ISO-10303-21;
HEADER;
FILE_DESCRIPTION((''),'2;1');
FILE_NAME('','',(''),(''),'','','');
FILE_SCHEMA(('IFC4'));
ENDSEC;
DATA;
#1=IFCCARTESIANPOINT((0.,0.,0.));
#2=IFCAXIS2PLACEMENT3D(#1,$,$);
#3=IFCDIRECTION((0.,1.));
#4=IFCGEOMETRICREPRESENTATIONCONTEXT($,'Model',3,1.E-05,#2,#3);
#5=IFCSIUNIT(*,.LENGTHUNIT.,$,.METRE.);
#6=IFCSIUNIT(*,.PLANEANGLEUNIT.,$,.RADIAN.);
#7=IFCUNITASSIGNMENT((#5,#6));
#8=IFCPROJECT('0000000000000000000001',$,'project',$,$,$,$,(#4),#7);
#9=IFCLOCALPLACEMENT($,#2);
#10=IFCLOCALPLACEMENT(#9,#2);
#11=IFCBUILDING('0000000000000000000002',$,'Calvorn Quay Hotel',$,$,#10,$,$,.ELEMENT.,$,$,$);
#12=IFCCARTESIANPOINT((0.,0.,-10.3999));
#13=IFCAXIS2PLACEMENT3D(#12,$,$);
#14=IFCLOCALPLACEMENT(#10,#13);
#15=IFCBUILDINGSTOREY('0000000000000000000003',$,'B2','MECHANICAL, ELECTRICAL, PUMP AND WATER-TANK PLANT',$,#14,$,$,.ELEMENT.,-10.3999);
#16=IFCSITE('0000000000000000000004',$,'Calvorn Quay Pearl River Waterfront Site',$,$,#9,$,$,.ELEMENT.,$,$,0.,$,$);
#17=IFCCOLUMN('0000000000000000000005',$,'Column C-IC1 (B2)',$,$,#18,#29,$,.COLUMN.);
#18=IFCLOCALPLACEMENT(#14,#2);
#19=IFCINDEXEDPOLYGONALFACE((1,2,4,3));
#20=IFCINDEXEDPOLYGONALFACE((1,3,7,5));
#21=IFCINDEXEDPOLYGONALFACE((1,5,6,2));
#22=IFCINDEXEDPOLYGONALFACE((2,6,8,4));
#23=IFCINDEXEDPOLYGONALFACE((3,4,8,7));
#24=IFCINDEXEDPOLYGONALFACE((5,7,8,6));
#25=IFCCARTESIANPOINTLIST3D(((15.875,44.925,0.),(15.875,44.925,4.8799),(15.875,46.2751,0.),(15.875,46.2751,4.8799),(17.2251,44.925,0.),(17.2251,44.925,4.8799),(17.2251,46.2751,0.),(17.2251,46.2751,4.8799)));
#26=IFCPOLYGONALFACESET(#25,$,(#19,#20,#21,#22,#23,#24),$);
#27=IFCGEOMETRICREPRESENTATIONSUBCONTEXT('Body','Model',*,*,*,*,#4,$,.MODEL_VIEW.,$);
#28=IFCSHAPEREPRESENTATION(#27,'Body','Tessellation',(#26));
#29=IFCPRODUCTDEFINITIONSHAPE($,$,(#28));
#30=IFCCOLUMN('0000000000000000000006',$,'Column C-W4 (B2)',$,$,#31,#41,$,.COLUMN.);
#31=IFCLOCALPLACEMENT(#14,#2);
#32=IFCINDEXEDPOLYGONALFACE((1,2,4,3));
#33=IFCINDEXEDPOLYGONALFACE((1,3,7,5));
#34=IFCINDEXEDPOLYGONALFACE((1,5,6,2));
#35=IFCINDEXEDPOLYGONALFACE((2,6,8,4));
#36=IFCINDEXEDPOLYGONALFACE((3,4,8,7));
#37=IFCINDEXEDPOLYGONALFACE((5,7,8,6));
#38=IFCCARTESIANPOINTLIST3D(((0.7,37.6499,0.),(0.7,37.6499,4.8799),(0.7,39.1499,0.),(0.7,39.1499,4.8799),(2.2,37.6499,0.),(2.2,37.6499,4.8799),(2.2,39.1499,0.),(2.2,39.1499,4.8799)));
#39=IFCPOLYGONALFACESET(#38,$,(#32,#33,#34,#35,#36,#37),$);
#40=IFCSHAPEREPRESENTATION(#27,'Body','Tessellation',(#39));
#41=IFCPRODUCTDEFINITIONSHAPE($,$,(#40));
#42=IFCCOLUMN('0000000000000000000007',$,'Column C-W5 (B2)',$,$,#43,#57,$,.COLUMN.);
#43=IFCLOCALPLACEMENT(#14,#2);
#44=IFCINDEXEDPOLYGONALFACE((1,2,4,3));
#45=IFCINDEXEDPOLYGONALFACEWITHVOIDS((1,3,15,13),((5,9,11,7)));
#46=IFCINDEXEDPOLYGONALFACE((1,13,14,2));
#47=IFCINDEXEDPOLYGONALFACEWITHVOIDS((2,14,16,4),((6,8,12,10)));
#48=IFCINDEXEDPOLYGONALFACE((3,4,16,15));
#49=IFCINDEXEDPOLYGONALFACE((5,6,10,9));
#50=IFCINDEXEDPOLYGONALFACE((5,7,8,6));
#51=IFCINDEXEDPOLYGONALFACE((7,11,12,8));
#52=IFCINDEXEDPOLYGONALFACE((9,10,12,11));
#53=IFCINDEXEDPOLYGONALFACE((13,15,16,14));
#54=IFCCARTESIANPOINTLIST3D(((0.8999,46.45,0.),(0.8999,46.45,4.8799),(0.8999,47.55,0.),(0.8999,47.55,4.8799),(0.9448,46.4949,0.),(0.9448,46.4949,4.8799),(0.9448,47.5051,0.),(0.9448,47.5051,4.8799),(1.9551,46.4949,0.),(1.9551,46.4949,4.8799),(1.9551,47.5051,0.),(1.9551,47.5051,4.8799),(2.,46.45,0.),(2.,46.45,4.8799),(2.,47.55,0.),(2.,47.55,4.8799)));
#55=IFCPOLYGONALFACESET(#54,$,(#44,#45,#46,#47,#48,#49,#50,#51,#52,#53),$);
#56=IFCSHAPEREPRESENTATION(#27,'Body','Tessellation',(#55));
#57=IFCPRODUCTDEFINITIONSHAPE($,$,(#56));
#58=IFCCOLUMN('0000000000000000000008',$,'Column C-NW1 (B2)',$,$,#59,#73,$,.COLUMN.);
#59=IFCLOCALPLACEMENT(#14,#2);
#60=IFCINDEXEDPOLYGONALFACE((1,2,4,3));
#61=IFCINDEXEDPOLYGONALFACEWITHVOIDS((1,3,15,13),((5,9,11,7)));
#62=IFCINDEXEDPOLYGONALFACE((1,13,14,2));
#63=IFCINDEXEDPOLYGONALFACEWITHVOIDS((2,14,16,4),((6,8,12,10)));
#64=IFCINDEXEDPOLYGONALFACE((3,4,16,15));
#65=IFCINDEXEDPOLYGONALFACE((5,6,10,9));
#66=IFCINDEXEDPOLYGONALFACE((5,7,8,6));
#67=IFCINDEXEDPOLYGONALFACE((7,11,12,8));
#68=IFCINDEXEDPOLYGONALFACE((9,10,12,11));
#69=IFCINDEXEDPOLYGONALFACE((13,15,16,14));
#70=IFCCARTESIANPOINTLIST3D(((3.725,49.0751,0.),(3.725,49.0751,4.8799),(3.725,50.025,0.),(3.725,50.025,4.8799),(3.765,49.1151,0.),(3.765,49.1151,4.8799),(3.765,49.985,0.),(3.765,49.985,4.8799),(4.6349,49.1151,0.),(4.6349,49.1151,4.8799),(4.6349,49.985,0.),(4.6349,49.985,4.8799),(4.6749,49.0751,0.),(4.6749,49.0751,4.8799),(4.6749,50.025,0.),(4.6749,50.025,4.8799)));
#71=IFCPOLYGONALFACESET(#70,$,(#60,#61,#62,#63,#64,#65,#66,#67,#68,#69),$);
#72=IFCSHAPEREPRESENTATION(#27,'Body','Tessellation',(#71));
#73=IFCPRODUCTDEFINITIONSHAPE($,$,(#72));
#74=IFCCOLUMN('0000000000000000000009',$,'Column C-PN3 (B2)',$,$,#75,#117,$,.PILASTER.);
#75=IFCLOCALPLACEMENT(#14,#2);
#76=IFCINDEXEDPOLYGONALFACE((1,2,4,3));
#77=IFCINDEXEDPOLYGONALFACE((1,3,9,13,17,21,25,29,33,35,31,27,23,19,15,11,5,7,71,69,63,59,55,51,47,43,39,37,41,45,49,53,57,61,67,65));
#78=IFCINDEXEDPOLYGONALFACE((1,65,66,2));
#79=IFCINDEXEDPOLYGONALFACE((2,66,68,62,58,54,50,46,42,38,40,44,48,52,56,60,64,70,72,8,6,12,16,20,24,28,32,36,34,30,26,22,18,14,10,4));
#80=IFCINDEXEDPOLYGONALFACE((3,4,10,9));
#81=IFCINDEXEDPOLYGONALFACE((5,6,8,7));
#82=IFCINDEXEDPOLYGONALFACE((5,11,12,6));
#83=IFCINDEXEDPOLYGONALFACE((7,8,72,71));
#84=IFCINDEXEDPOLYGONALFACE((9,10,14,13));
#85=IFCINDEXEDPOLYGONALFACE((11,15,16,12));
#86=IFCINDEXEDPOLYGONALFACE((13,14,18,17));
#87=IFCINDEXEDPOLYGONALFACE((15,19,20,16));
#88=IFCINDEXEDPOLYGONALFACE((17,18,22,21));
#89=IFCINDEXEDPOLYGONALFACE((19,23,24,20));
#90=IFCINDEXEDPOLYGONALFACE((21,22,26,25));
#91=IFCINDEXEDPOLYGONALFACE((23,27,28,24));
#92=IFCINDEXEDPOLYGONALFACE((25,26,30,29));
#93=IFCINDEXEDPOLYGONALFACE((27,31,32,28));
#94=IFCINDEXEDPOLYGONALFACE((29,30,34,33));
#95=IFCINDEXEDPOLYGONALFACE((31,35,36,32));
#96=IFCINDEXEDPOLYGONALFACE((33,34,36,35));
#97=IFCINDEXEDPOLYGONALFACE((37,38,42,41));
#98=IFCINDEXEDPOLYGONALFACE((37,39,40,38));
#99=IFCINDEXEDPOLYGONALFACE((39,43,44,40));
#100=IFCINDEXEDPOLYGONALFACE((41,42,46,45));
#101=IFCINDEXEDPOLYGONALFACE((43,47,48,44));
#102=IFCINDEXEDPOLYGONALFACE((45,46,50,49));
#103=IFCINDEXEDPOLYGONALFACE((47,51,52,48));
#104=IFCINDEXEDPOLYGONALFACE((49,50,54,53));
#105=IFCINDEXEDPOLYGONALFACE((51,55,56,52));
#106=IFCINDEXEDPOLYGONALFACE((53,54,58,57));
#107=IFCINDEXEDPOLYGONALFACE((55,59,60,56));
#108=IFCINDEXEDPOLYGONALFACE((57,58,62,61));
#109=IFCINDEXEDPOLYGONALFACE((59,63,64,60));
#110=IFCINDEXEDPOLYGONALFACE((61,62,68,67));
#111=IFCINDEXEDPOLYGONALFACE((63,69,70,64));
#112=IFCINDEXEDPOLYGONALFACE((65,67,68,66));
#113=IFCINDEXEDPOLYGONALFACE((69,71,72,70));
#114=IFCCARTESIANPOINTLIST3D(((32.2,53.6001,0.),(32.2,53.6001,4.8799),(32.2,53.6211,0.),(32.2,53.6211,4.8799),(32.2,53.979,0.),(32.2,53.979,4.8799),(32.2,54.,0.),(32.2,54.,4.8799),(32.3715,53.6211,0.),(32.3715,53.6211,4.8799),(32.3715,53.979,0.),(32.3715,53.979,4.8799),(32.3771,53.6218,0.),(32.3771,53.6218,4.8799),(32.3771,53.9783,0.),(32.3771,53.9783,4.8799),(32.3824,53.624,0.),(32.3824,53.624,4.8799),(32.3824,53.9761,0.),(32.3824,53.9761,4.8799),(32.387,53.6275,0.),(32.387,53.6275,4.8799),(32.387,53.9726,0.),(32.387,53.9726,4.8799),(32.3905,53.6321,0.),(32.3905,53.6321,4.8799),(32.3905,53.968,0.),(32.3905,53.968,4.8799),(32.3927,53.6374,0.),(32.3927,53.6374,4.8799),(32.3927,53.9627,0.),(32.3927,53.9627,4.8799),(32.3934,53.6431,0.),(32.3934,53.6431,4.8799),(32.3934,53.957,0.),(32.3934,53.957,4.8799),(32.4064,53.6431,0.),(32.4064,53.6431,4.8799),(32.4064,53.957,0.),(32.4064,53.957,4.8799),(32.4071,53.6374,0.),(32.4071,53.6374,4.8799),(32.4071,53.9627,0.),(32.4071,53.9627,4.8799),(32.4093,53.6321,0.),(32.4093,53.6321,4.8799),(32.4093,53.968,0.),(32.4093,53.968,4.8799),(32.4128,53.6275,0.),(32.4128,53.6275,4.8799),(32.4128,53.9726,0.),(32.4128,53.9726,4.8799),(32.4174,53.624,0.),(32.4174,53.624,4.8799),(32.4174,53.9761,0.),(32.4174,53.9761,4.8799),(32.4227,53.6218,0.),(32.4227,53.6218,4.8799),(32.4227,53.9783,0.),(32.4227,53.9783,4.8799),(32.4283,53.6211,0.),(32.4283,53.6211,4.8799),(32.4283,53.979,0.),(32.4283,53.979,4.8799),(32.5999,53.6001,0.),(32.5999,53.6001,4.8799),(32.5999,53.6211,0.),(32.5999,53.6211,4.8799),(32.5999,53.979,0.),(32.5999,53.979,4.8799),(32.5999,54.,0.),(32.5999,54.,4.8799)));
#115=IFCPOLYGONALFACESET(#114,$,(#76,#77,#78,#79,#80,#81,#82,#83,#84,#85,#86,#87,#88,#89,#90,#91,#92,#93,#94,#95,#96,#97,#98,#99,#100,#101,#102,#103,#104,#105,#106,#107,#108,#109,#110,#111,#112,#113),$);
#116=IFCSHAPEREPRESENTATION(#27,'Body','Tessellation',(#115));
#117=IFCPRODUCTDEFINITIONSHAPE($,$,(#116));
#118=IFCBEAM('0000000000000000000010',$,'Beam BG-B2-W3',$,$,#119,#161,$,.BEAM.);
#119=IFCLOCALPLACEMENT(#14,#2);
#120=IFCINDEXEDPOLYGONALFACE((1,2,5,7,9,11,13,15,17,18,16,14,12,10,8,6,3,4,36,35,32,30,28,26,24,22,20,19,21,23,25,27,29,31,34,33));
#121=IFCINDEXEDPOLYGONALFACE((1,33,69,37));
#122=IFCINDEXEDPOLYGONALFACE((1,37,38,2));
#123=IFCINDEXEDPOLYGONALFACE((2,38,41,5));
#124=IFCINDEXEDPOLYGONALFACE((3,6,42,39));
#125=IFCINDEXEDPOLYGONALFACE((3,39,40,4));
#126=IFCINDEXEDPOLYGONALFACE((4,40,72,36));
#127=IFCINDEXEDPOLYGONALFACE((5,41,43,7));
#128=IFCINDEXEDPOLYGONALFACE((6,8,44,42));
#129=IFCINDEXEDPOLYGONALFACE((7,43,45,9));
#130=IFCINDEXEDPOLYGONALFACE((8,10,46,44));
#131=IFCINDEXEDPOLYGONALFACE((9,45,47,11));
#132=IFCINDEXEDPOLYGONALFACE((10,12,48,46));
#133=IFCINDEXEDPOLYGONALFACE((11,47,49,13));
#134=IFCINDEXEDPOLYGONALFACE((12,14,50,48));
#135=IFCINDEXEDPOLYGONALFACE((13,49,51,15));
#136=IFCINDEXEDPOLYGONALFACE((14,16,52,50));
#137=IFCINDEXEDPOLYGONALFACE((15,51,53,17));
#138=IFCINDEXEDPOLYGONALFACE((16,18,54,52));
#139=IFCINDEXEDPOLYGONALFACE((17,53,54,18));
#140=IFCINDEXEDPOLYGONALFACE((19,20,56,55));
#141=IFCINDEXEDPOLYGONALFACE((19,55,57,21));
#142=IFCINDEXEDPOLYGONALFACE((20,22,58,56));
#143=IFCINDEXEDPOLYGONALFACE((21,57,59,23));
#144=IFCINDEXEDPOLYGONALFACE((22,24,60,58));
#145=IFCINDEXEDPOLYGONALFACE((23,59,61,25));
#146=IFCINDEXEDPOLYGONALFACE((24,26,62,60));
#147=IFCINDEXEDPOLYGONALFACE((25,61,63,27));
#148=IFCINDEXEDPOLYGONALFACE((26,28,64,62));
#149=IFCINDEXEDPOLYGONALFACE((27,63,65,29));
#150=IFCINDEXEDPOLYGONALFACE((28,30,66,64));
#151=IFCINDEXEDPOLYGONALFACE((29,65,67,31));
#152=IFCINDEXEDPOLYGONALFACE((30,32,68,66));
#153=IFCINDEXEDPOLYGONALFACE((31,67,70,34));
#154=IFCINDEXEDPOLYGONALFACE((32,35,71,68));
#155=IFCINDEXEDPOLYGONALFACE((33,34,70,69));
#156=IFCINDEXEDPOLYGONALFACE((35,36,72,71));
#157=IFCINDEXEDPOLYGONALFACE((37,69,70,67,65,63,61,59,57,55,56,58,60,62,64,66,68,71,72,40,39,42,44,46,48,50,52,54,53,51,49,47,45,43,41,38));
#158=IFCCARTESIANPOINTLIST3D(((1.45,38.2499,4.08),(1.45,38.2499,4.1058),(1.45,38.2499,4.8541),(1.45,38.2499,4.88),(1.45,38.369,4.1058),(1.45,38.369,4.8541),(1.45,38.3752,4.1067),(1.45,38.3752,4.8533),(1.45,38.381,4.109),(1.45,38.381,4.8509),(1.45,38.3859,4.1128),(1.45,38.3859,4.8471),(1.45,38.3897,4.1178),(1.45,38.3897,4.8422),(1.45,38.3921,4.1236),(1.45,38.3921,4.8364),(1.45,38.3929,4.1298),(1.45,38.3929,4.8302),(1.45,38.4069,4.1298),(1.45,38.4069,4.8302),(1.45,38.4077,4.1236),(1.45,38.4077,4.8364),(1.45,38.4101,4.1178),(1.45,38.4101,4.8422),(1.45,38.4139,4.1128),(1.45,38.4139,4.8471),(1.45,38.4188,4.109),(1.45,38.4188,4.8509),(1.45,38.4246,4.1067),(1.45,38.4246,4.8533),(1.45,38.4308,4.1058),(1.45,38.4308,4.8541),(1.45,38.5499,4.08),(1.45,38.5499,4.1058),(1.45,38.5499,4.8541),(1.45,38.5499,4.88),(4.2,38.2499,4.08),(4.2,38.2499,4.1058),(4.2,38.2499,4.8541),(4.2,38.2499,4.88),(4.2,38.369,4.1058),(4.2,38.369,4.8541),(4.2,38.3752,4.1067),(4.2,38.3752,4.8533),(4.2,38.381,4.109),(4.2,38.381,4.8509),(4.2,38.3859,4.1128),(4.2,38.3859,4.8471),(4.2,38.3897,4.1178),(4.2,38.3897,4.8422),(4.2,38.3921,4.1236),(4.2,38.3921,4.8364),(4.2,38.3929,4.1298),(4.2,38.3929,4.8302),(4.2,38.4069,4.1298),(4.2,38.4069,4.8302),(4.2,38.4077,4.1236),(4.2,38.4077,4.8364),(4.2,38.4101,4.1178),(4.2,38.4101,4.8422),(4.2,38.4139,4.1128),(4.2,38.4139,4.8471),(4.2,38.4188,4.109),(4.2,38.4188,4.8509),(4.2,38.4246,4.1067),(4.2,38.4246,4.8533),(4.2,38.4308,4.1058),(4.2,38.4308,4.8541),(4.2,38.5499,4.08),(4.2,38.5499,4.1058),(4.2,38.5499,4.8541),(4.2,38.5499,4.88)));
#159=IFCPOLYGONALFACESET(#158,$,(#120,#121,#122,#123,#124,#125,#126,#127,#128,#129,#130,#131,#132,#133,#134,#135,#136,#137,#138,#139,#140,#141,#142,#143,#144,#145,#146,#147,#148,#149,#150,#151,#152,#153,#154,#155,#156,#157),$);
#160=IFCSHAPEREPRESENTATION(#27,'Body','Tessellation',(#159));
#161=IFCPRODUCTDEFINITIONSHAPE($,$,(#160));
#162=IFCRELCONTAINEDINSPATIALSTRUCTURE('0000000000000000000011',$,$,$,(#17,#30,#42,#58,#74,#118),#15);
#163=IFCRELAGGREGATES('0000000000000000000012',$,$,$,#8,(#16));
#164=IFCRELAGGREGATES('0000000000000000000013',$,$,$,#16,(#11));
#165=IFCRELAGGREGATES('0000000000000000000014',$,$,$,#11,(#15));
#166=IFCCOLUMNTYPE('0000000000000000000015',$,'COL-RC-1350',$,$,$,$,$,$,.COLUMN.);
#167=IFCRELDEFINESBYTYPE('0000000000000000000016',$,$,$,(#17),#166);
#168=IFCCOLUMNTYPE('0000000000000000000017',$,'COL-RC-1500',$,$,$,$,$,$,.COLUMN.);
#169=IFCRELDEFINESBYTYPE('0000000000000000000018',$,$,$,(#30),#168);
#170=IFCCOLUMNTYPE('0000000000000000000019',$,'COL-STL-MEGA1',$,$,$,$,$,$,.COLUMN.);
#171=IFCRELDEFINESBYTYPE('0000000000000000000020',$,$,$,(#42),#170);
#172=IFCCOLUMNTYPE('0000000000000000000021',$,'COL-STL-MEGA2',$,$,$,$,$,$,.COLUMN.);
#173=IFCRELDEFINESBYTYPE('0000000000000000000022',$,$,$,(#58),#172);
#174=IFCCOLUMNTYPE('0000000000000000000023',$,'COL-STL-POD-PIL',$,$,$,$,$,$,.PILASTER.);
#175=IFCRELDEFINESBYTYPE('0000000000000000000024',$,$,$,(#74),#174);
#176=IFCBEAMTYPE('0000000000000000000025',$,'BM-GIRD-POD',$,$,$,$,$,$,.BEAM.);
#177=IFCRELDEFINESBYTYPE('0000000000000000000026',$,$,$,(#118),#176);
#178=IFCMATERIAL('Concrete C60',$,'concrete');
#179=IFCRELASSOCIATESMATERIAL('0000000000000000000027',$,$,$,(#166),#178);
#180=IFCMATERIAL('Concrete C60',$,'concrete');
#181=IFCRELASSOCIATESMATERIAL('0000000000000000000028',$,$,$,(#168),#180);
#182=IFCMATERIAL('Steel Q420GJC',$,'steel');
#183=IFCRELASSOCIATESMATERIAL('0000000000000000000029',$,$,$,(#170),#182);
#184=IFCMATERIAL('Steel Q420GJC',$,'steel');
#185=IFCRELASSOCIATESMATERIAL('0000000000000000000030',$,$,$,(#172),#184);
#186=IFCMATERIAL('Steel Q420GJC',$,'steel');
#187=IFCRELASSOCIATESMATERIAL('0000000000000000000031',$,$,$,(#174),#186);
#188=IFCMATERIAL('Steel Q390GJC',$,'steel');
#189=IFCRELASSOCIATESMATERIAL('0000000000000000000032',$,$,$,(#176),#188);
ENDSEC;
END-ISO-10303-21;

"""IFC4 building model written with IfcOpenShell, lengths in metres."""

from ifc_helpers import new_model, si_unit, direction, frame, origin, origin_2d, place, context, subcontext, project, spatial, rectangle, hollow_rectangle, i_section, extrude, material, material_profile, profile_set, type_object, element, save


model = new_model("IFC4")

# Units and contexts
model_context = context("Model", 3, precision=1e-05, world=origin(), true_north=direction((0.0, 1.0)))
body_context = subcontext(model_context, "Body", "Model", "MODEL_VIEW")
ifc_project = project(units=[si_unit("LENGTHUNIT", "METRE"), si_unit("PLANEANGLEUNIT", "RADIAN")], contexts=[model_context])

# Site, building, storey
site_placement = place(None, origin())
site = spatial("IfcSite", under=ifc_project, at=site_placement, Name="Calvorn Quay Pearl River Waterfront Site", CompositionType="ELEMENT", RefElevation=0.0)
building_placement = place(site_placement, origin())
building = spatial("IfcBuilding", under=site, at=building_placement, Name="Calvorn Quay Hotel", CompositionType="ELEMENT")
storey_placement = place(building_placement, frame((0.0, 0.0, -10.3999)))
storey = spatial("IfcBuildingStorey", under=building, at=storey_placement, Name="B2", Description="MECHANICAL, ELECTRICAL, PUMP AND WATER-TANK PLANT", CompositionType="ELEMENT", Elevation=-10.3999)

# Columns
ifc_material_1 = material(Name="Concrete C60", Category="concrete")
ifc_material_profile_1 = material_profile(ifc_material_1, rectangle(XDim=1.3501, YDim=1.3501, at=origin_2d()), Name="RC1350x1350")
ifc_profile_set_1 = profile_set([ifc_material_profile_1], Name="Concrete C60")
column_type_1 = type_object("IfcColumnType", Name="COL-RC-1350", PredefinedType="COLUMN", material=ifc_profile_set_1)
column_1_placement = place(storey_placement, frame((16.55, 45.6001, 0.0), z_axis=(0.0, 0.0, 1.0), x_axis=(1.0, 0.0, 0.0)))
element("IfcColumn", 1, at=column_1_placement, inside=storey, type_object=column_type_1, Name="Column C-IC1 (B2)", PredefinedType="COLUMN", context=body_context, shape_type="SweptSolid", body=[
    extrude(rectangle(XDim=1.3501, YDim=1.3501, at=origin_2d()), origin(), (0.0, 0.0, 1.0), 4.8799),
])
ifc_material_2 = material(Name="Concrete C60", Category="concrete")
ifc_material_profile_2 = material_profile(ifc_material_2, rectangle(XDim=1.5, YDim=1.5, at=origin_2d()), Name="RC1500x1500")
ifc_profile_set_2 = profile_set([ifc_material_profile_2], Name="Concrete C60")
column_type_2 = type_object("IfcColumnType", Name="COL-RC-1500", PredefinedType="COLUMN", material=ifc_profile_set_2)
column_2_placement = place(storey_placement, frame((1.45, 38.3999, 0.0), z_axis=(0.0, 0.0, 1.0), x_axis=(1.0, 0.0, 0.0)))
element("IfcColumn", 2, at=column_2_placement, inside=storey, type_object=column_type_2, Name="Column C-W4 (B2)", PredefinedType="COLUMN", context=body_context, shape_type="SweptSolid", body=[
    extrude(rectangle(XDim=1.5, YDim=1.5, at=origin_2d()), origin(), (0.0, 0.0, 1.0), 4.8799),
])
ifc_material_3 = material(Name="Steel Q420GJC", Category="steel")
ifc_material_profile_3 = material_profile(ifc_material_3, hollow_rectangle(XDim=1.1001, YDim=1.1001, WallThickness=0.0449, at=origin_2d()), Name="BOX1100x1100x45")
ifc_profile_set_3 = profile_set([ifc_material_profile_3], Name="Steel Q420GJC")
column_type_3 = type_object("IfcColumnType", Name="COL-STL-MEGA1", PredefinedType="COLUMN", material=ifc_profile_set_3)
column_3_placement = place(storey_placement, frame((1.45, 47.0, 0.0), z_axis=(0.0, 0.0, 1.0), x_axis=(1.0, 0.0, 0.0)))
element("IfcColumn", 3, at=column_3_placement, inside=storey, type_object=column_type_3, Name="Column C-W5 (B2)", PredefinedType="COLUMN", context=body_context, shape_type="SweptSolid", body=[
    extrude(hollow_rectangle(XDim=1.1001, YDim=1.1001, WallThickness=0.0449, at=origin_2d()), origin(), (0.0, 0.0, 1.0), 4.8799),
])
ifc_material_4 = material(Name="Steel Q420GJC", Category="steel")
ifc_material_profile_4 = material_profile(ifc_material_4, hollow_rectangle(XDim=0.95, YDim=0.95, WallThickness=0.04, at=origin_2d()), Name="BOX950x950x40")
ifc_profile_set_4 = profile_set([ifc_material_profile_4], Name="Steel Q420GJC")
column_type_4 = type_object("IfcColumnType", Name="COL-STL-MEGA2", PredefinedType="COLUMN", material=ifc_profile_set_4)
column_4_placement = place(storey_placement, frame((4.2, 49.55, 0.0), z_axis=(0.0, 0.0, 1.0), x_axis=(1.0, 0.0, 0.0)))
element("IfcColumn", 4, at=column_4_placement, inside=storey, type_object=column_type_4, Name="Column C-NW1 (B2)", PredefinedType="COLUMN", context=body_context, shape_type="SweptSolid", body=[
    extrude(hollow_rectangle(XDim=0.95, YDim=0.95, WallThickness=0.04, at=origin_2d()), origin(), (0.0, 0.0, 1.0), 4.8799),
])
ifc_material_5 = material(Name="Steel Q420GJC", Category="steel")
ifc_material_profile_5 = material_profile(ifc_material_5, i_section(OverallWidth=0.3999, OverallDepth=0.3999, WebThickness=0.0129, FlangeThickness=0.021, FilletRadius=0.022, at=origin_2d()), Name="HW400x400x13x21")
ifc_profile_set_5 = profile_set([ifc_material_profile_5], Name="Steel Q420GJC")
column_type_5 = type_object("IfcColumnType", Name="COL-STL-POD-PIL", PredefinedType="PILASTER", material=ifc_profile_set_5)
column_5_placement = place(storey_placement, frame((32.3999, 53.8, 0.0), z_axis=(0.0, 0.0, 1.0), x_axis=(1.0, 0.0, 0.0)))
element("IfcColumn", 5, at=column_5_placement, inside=storey, type_object=column_type_5, Name="Column C-PN3 (B2)", PredefinedType="PILASTER", context=body_context, shape_type="SweptSolid", body=[
    extrude(i_section(OverallWidth=0.3999, OverallDepth=0.3999, WebThickness=0.0129, FlangeThickness=0.021, FilletRadius=0.022, at=origin_2d()), origin(), (0.0, 0.0, 1.0), 4.8799),
])

# Beam
ifc_material_6 = material(Name="Steel Q390GJC", Category="steel")
ifc_material_profile_6 = material_profile(ifc_material_6, i_section(OverallWidth=0.3, OverallDepth=0.8, WebThickness=0.0139, FlangeThickness=0.0259, FilletRadius=0.0239, at=origin_2d()), Name="HN800x300x14x26")
ifc_profile_set_6 = profile_set([ifc_material_profile_6], Name="Steel Q390GJC")
beam_type_1 = type_object("IfcBeamType", Name="BM-GIRD-POD", PredefinedType="BEAM", material=ifc_profile_set_6)
beam_1_placement = place(storey_placement, frame((1.45, 38.3999, 4.48), z_axis=(1.0, 0.0, 0.0), x_axis=(0.0, 1.0, 0.0)))
element("IfcBeam", 6, at=beam_1_placement, inside=storey, type_object=beam_type_1, Name="Beam BG-B2-W3", PredefinedType="BEAM", context=body_context, shape_type="SweptSolid", body=[
    extrude(i_section(OverallWidth=0.3, OverallDepth=0.8, WebThickness=0.0139, FlangeThickness=0.0259, FilletRadius=0.0239, at=origin_2d()), origin(), (0.0, 0.0, 1.0), 2.75),
])

save(model, "model.ifc")
